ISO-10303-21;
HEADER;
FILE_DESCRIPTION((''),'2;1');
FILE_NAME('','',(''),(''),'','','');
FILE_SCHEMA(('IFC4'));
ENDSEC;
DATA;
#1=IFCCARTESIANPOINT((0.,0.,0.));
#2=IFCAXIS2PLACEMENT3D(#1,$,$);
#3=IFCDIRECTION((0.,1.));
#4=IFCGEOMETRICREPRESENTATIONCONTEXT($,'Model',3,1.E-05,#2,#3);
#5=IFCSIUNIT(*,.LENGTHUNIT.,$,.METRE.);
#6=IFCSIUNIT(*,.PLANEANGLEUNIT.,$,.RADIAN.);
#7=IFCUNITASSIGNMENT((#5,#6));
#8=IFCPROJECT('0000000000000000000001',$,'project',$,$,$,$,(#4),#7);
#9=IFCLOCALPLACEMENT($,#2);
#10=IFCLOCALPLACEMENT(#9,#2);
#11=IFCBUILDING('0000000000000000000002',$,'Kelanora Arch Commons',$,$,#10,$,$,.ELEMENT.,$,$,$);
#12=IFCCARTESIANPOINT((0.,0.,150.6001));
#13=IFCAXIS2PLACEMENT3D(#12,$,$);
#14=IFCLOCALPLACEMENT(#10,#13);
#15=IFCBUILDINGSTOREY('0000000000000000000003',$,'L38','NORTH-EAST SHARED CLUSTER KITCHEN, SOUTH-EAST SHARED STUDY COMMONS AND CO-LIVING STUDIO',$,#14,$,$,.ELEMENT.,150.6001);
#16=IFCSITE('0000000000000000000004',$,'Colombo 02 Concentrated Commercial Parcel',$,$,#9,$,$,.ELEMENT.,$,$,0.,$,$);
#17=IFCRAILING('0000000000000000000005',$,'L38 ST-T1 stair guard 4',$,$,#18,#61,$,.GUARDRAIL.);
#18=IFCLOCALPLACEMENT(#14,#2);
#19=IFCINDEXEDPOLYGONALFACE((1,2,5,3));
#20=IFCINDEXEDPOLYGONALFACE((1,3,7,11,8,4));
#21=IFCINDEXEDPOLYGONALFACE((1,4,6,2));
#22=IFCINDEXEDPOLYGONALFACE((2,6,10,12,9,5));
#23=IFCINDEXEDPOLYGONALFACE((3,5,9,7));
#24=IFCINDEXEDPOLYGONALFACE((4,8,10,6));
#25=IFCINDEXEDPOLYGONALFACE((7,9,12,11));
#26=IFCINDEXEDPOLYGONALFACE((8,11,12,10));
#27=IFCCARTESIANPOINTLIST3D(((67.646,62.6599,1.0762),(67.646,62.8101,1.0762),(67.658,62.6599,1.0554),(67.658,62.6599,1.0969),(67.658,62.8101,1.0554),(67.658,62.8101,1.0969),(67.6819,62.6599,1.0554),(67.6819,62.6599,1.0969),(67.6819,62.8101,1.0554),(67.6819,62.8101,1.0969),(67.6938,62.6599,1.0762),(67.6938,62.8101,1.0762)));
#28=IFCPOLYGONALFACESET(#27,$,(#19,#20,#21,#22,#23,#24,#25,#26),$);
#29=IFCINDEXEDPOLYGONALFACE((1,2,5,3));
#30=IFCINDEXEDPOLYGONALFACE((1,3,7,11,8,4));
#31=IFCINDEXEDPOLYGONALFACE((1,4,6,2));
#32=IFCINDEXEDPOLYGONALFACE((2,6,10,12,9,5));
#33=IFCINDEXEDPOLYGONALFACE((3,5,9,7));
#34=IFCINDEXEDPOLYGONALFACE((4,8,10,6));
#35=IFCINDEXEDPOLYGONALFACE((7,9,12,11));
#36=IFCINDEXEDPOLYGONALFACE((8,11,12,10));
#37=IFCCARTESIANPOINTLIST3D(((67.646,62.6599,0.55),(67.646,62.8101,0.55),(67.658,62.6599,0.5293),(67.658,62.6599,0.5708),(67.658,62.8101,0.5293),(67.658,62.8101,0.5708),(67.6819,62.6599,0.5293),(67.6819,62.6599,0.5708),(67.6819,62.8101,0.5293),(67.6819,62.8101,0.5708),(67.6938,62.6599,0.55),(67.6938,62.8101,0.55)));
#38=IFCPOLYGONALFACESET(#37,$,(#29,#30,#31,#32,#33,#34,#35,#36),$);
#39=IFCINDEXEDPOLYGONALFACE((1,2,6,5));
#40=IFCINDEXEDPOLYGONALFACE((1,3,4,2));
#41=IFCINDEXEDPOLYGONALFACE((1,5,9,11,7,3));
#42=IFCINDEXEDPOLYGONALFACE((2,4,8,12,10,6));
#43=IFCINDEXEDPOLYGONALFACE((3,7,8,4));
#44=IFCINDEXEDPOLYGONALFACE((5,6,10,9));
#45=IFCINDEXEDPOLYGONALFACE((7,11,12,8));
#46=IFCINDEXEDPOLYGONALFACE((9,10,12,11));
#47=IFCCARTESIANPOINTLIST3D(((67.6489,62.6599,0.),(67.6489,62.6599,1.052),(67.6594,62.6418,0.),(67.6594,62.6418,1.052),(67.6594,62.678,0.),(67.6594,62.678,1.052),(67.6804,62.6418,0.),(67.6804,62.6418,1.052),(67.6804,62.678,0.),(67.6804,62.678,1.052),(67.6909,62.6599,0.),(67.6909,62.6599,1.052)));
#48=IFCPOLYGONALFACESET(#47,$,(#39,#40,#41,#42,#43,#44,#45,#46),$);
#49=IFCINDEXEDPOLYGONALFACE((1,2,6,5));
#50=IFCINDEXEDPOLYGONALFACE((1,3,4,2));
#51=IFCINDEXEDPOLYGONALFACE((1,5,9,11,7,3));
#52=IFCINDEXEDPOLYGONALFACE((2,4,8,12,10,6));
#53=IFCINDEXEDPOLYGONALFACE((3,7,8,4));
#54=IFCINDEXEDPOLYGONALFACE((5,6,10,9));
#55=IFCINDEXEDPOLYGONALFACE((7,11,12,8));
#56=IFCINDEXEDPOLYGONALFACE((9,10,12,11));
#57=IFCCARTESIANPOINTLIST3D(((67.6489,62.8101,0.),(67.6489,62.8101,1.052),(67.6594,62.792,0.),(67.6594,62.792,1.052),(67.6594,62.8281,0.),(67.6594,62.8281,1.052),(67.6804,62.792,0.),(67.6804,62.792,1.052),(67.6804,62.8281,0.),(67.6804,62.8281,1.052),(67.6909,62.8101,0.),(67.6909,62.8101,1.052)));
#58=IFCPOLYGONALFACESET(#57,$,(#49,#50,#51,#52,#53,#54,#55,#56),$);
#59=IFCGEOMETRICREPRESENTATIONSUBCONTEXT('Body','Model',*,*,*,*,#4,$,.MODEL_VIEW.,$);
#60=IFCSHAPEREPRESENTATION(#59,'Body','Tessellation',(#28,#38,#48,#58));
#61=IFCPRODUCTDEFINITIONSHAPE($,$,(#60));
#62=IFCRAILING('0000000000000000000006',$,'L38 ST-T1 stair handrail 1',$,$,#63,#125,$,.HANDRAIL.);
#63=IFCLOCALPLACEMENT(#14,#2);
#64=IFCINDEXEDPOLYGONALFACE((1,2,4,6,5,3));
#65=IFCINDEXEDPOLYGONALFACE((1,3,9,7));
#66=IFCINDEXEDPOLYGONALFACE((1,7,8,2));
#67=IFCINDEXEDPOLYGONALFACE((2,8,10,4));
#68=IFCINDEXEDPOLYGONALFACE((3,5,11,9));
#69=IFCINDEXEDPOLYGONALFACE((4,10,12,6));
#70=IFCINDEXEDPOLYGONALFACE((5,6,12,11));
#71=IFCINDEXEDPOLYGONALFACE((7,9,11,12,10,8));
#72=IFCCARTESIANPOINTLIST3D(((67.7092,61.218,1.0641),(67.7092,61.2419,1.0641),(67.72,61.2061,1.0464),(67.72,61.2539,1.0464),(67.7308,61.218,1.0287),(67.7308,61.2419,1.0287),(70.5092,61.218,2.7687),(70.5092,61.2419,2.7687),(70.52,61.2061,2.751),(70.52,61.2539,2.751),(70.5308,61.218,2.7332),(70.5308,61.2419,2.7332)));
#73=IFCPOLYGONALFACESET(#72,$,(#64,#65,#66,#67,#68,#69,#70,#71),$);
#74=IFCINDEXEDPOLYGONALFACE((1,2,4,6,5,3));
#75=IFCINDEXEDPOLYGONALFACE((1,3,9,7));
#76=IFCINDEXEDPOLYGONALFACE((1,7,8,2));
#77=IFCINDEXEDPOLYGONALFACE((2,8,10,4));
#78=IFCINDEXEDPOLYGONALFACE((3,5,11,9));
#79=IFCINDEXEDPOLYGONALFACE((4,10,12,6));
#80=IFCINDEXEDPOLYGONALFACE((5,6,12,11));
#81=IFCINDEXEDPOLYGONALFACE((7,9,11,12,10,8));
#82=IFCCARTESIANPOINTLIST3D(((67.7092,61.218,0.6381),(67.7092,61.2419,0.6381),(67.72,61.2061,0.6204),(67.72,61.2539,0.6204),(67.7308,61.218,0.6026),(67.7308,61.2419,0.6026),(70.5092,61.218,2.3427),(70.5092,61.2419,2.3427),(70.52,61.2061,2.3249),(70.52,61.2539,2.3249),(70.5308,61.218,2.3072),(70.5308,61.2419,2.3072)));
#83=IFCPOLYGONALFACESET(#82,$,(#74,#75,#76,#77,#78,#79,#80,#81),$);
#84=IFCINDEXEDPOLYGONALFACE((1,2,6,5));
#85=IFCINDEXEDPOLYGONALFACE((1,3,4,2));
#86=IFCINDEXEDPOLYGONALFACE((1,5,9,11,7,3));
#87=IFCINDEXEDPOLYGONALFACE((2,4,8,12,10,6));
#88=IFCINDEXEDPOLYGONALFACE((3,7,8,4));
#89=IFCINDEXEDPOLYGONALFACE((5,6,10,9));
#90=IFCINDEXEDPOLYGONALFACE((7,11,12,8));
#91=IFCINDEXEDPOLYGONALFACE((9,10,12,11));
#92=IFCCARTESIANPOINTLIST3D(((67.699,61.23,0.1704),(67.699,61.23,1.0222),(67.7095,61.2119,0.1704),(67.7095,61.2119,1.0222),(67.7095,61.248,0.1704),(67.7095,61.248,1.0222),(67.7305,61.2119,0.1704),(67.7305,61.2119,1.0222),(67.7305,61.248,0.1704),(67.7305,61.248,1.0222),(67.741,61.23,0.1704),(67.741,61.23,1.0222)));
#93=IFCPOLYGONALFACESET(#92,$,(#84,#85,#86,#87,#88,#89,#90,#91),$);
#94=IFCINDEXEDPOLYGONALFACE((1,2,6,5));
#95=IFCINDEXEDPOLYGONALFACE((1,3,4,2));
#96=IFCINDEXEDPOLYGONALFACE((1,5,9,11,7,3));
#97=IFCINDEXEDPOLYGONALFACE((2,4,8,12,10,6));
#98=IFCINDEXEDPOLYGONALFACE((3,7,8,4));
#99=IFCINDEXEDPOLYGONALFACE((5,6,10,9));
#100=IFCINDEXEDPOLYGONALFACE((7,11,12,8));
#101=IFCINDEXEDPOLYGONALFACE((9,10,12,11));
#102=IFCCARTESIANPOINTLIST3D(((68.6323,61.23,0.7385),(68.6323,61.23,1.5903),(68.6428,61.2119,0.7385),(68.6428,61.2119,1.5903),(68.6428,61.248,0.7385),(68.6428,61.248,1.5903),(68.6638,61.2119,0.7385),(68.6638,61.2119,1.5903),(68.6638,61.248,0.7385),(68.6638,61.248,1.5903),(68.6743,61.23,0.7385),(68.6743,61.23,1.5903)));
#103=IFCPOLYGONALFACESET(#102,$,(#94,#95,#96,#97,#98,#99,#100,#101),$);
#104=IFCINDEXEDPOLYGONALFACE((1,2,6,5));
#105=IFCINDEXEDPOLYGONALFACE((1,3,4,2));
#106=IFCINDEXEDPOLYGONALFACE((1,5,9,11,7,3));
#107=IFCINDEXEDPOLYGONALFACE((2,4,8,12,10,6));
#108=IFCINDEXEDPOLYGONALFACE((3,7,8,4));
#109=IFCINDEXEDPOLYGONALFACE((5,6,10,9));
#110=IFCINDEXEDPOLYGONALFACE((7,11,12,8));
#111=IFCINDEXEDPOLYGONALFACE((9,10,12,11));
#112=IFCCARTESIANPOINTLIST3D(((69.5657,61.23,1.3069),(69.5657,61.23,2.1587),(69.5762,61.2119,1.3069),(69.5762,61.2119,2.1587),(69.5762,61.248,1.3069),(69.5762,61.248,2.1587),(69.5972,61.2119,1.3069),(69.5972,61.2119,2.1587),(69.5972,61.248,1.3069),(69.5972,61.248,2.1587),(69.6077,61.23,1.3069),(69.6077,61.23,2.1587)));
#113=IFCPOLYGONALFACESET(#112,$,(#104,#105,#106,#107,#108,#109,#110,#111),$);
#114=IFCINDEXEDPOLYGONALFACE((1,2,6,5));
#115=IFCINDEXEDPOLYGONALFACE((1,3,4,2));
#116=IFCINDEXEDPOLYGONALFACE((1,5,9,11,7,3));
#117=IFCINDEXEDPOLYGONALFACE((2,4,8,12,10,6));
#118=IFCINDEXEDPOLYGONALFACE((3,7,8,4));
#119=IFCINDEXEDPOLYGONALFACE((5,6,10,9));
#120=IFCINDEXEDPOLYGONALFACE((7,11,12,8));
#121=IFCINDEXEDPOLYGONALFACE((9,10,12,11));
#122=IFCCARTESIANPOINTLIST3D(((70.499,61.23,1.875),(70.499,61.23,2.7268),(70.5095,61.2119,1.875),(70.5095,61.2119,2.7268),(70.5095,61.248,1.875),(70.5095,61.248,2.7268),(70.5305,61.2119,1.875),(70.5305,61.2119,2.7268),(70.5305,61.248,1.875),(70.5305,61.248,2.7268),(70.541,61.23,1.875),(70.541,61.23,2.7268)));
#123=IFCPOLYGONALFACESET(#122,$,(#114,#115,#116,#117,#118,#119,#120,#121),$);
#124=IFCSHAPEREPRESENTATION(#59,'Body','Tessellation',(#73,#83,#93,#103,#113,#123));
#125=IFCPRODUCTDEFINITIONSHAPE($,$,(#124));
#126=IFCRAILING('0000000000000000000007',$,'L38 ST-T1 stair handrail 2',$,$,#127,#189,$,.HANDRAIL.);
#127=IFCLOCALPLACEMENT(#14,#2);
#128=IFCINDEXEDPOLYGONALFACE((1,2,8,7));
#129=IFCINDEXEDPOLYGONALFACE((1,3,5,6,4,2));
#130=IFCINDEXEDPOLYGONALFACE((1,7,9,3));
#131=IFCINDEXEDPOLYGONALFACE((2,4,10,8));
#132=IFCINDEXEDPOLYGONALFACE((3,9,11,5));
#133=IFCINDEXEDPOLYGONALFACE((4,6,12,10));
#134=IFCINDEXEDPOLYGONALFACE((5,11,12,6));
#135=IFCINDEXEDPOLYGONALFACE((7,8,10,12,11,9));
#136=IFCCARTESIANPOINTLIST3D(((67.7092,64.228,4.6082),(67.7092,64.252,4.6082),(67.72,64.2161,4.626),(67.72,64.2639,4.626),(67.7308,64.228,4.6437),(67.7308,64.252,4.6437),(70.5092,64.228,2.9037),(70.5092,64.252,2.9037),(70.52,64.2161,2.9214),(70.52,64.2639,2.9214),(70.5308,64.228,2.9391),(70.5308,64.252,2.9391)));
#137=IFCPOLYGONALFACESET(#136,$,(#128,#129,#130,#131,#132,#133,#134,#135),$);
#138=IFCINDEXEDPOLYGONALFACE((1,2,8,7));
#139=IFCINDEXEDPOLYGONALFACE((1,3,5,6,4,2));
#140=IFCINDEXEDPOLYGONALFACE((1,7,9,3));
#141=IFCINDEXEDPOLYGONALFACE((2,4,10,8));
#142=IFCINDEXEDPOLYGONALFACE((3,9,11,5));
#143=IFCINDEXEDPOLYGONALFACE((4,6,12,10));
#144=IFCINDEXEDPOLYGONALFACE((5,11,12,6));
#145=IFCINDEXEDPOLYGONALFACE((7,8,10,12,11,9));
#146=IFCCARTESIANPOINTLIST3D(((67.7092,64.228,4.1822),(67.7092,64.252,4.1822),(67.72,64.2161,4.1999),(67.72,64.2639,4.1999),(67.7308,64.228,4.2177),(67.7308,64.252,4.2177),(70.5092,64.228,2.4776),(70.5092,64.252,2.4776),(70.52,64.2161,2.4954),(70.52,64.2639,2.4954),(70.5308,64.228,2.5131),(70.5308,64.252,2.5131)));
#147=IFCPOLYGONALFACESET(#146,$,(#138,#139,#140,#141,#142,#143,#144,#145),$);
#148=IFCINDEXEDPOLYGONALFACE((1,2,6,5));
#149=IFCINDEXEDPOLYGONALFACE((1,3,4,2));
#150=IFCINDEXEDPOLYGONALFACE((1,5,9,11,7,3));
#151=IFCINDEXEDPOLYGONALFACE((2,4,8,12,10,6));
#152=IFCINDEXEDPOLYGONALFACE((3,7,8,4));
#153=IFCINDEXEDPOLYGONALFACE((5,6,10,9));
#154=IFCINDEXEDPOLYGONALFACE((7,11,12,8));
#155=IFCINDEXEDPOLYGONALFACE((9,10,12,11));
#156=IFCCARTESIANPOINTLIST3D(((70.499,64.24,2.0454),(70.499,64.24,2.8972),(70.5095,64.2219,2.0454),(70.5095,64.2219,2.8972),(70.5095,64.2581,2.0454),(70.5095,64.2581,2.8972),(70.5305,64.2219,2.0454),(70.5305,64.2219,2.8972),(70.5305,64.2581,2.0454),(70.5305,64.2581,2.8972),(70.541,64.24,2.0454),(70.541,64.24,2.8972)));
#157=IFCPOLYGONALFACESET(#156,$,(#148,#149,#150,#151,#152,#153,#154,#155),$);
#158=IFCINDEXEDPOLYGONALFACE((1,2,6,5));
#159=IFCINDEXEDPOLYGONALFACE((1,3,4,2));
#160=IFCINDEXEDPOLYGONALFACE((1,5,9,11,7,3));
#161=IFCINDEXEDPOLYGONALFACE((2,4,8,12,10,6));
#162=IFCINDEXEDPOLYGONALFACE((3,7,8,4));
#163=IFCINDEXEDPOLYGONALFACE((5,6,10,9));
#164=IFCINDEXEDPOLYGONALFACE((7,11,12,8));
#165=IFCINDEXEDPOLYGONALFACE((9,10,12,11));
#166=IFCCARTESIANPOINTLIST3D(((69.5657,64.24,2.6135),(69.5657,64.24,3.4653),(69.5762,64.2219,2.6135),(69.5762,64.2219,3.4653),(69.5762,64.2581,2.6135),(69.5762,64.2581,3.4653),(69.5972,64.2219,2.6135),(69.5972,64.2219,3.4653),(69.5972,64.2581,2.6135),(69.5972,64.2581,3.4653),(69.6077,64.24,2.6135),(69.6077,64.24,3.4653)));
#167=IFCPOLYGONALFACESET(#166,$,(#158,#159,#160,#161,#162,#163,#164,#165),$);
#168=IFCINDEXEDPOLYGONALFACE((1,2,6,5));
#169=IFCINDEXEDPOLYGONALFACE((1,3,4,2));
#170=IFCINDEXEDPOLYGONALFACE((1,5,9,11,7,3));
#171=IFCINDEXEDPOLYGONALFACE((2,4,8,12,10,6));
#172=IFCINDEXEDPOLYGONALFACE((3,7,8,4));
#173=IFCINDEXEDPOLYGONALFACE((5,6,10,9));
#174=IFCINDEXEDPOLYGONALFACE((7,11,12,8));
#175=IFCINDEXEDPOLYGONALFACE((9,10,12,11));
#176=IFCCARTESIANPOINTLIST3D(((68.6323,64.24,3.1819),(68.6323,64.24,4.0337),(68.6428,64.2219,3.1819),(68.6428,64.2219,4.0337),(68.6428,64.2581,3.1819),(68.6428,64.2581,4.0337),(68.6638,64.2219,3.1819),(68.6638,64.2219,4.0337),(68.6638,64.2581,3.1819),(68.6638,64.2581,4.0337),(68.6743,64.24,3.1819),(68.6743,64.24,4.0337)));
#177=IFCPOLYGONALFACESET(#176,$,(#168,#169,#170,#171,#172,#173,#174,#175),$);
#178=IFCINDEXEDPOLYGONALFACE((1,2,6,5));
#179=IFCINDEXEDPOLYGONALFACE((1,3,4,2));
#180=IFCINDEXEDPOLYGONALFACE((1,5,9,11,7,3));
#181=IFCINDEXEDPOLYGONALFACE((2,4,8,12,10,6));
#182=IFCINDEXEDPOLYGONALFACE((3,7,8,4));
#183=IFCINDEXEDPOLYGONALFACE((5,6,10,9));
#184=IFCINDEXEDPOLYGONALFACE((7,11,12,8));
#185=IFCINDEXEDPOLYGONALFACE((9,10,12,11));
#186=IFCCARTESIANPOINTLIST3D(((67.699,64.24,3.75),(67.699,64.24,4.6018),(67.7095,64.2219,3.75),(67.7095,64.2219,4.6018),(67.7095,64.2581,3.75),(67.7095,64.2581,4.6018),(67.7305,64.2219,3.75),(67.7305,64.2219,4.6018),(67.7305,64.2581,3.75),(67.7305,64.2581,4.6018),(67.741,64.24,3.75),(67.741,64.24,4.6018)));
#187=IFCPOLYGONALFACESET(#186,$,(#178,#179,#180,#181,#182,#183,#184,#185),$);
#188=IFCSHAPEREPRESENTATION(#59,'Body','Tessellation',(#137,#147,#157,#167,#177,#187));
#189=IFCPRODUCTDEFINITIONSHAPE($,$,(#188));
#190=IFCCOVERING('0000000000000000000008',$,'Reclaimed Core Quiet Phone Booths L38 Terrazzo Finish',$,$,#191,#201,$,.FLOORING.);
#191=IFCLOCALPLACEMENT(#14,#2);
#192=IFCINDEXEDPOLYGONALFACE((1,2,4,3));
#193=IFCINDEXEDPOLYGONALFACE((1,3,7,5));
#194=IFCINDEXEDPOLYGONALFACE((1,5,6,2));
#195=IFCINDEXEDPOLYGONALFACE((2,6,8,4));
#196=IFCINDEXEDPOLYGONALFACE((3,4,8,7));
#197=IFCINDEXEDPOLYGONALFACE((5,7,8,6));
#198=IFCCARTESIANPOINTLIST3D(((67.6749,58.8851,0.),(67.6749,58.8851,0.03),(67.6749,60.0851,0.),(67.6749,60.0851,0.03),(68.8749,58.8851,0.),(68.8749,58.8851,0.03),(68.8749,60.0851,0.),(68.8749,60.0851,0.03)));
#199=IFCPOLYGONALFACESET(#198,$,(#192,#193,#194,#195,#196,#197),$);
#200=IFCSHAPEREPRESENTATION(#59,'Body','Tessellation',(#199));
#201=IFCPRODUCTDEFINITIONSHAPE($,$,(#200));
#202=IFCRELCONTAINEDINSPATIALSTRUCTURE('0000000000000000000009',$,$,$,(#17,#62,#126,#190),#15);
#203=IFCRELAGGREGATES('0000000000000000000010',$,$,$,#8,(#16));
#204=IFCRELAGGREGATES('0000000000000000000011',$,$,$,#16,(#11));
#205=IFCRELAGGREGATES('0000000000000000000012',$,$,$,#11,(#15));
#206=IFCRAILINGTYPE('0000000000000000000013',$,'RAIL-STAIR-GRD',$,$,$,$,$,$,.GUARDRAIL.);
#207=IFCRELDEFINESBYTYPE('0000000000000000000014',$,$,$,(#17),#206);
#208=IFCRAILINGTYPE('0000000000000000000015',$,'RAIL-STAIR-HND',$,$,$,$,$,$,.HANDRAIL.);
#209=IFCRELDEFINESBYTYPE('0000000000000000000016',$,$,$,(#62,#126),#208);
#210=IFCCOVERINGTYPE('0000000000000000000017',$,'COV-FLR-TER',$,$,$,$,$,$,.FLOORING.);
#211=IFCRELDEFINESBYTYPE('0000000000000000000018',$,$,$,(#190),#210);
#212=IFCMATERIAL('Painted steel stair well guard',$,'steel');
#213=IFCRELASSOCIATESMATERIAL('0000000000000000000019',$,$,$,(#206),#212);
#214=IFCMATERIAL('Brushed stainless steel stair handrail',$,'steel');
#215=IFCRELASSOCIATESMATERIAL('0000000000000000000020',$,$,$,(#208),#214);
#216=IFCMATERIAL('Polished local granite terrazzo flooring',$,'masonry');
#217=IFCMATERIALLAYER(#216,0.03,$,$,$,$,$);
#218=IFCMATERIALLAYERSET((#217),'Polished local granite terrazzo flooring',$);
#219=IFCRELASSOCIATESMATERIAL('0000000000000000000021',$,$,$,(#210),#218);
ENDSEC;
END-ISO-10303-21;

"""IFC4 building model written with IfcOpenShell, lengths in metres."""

from ifc_helpers import new_model, si_unit, direction, frame, origin, origin_2d, place, context, subcontext, project, spatial, polyline, rectangle, outline, extrude, source, transform, mapped, material, layer, layer_set, type_object, element, save


model = new_model("IFC4")

# Units and contexts
model_context = context("Model", 3, precision=1e-05, world=origin(), true_north=direction((0.0, 1.0)))
body_context = subcontext(model_context, "Body", "Model", "MODEL_VIEW")
ifc_project = project(units=[si_unit("LENGTHUNIT", "METRE"), si_unit("PLANEANGLEUNIT", "RADIAN")], contexts=[model_context])

# Site, building, storey
site_placement = place(None, origin())
site = spatial("IfcSite", under=ifc_project, at=site_placement, Name="Colombo 02 Concentrated Commercial Parcel", CompositionType="ELEMENT", RefElevation=0.0)
building_placement = place(site_placement, origin())
building = spatial("IfcBuilding", under=site, at=building_placement, Name="Kelanora Arch Commons", CompositionType="ELEMENT")
storey_placement = place(building_placement, frame((0.0, 0.0, 150.6001)))
storey = spatial("IfcBuildingStorey", under=building, at=storey_placement, Name="L38", Description="NORTH-EAST SHARED CLUSTER KITCHEN, SOUTH-EAST SHARED STUDY COMMONS AND CO-LIVING STUDIO", CompositionType="ELEMENT", Elevation=150.6001)

# Railings
ifc_material_1 = material(Name="Painted steel stair well guard", Category="steel")
railing_type_1 = type_object("IfcRailingType", Name="RAIL-STAIR-GRD", PredefinedType="GUARDRAIL", material=ifc_material_1)
railing_1_placement = place(storey_placement, frame((67.6699, 62.6599, 0.0)))
element("IfcRailing", 1, at=railing_1_placement, inside=storey, type_object=railing_type_1, Name="L38 ST-T1 stair guard 4", PredefinedType="GUARDRAIL", context=body_context, shape_type="SweptSolid", body=[
    extrude(outline(polyline([(0.0239, 0.0), (0.012, 0.0208), (-0.012, 0.0208), (-0.0239, 0.0), (-0.012, -0.0208), (0.012, -0.0208), (0.0239, 0.0)])), frame((0.0, 0.0, 1.0762), z_axis=(0.0, 1.0, 0.0), x_axis=(-1.0, 0.0, 0.0)), (0.0, 0.0, 1.0), 0.1501),
    extrude(outline(polyline([(0.0239, 0.0), (0.012, 0.0208), (-0.012, 0.0208), (-0.0239, 0.0), (-0.012, -0.0208), (0.012, -0.0208), (0.0239, 0.0)])), frame((0.0, 0.0, 0.55), z_axis=(0.0, 1.0, 0.0), x_axis=(-1.0, 0.0, 0.0)), (0.0, 0.0, 1.0), 0.1501),
    extrude(outline(polyline([(0.021, 0.0), (0.0105, 0.0181), (-0.0105, 0.0181), (-0.021, 0.0), (-0.0105, -0.0181), (0.0105, -0.0181), (0.021, 0.0)])), origin(), (0.0, 0.0, 1.0), 1.052),
    extrude(outline(polyline([(0.021, 0.0), (0.0105, 0.0181), (-0.0105, 0.0181), (-0.021, 0.0), (-0.0105, -0.0181), (0.0105, -0.0181), (0.021, 0.0)])), frame((0.0, 0.1501, 0.0)), (0.0, 0.0, 1.0), 1.052),
])
ifc_material_2 = material(Name="Brushed stainless steel stair handrail", Category="steel")
railing_type_2 = type_object("IfcRailingType", Name="RAIL-STAIR-HND", PredefinedType="HANDRAIL", material=ifc_material_2)
railing_2_placement = place(storey_placement, frame((67.72, 61.23, 0.1704)))
element("IfcRailing", 2, at=railing_2_placement, inside=storey, type_object=railing_type_2, Name="L38 ST-T1 stair handrail 1", PredefinedType="HANDRAIL", context=body_context, shape_type="SweptSolid", body=[
    extrude(outline(polyline([(0.0239, 0.0), (0.012, 0.0208), (-0.012, 0.0208), (-0.0239, 0.0), (-0.012, -0.0208), (0.012, -0.0208), (0.0239, 0.0)])), frame((0.0, 0.0, 0.876), z_axis=(0.85417, 0.0, 0.519994), x_axis=(0.0, 1.0, 0.0)), (0.0, 0.0, 1.0), 3.2781),
    extrude(outline(polyline([(0.0239, 0.0), (0.012, 0.0208), (-0.012, 0.0208), (-0.0239, 0.0), (-0.012, -0.0208), (0.012, -0.0208), (0.0239, 0.0)])), frame((0.0, 0.0, 0.45), z_axis=(0.85417, 0.0, 0.519994), x_axis=(0.0, 1.0, 0.0)), (0.0, 0.0, 1.0), 3.2781),
    extrude(outline(polyline([(0.021, 0.0), (0.0105, 0.0181), (-0.0105, 0.0181), (-0.021, 0.0), (-0.0105, -0.0181), (0.0105, -0.0181), (0.021, 0.0)])), origin(), (0.0, 0.0, 1.0), 0.8518),
    extrude(outline(polyline([(0.021, 0.0), (0.0105, 0.0181), (-0.0105, 0.0181), (-0.021, 0.0), (-0.0105, -0.0181), (0.0105, -0.0181), (0.021, 0.0)])), frame((0.9333, 0.0, 0.5681)), (0.0, 0.0, 1.0), 0.8518),
    extrude(outline(polyline([(0.021, 0.0), (0.0105, 0.0181), (-0.0105, 0.0181), (-0.021, 0.0), (-0.0105, -0.0181), (0.0105, -0.0181), (0.021, 0.0)])), frame((1.8667, 0.0, 1.1365)), (0.0, 0.0, 1.0), 0.8518),
    extrude(outline(polyline([(0.021, 0.0), (0.0105, 0.0181), (-0.0105, 0.0181), (-0.021, 0.0), (-0.0105, -0.0181), (0.0105, -0.0181), (0.021, 0.0)])), frame((2.8, 0.0, 1.7046)), (0.0, 0.0, 1.0), 0.8518),
])
railing_3_placement = place(storey_placement, frame((70.52, 64.24, 2.0454)))
element("IfcRailing", 3, at=railing_3_placement, inside=storey, type_object=railing_type_2, Name="L38 ST-T1 stair handrail 2", PredefinedType="HANDRAIL", context=body_context, shape_type="SweptSolid", body=[
    extrude(outline(polyline([(0.0239, 0.0), (0.012, 0.0208), (-0.012, 0.0208), (-0.0239, 0.0), (-0.012, -0.0208), (0.012, -0.0208), (0.0239, 0.0)])), frame((0.0, 0.0, 0.876), z_axis=(-0.85417, 0.0, 0.519994), x_axis=(0.0, -1.0, 0.0)), (0.0, 0.0, 1.0), 3.2781),
    extrude(outline(polyline([(0.0239, 0.0), (0.012, 0.0208), (-0.012, 0.0208), (-0.0239, 0.0), (-0.012, -0.0208), (0.012, -0.0208), (0.0239, 0.0)])), frame((0.0, 0.0, 0.45), z_axis=(-0.85417, 0.0, 0.519994), x_axis=(0.0, -1.0, 0.0)), (0.0, 0.0, 1.0), 3.2781),
    extrude(outline(polyline([(0.021, 0.0), (0.0105, 0.0181), (-0.0105, 0.0181), (-0.021, 0.0), (-0.0105, -0.0181), (0.0105, -0.0181), (0.021, 0.0)])), origin(), (0.0, 0.0, 1.0), 0.8518),
    extrude(outline(polyline([(0.021, 0.0), (0.0105, 0.0181), (-0.0105, 0.0181), (-0.021, 0.0), (-0.0105, -0.0181), (0.0105, -0.0181), (0.021, 0.0)])), frame((-0.9333, 0.0, 0.5681)), (0.0, 0.0, 1.0), 0.8518),
    extrude(outline(polyline([(0.021, 0.0), (0.0105, 0.0181), (-0.0105, 0.0181), (-0.021, 0.0), (-0.0105, -0.0181), (0.0105, -0.0181), (0.021, 0.0)])), frame((-1.8667, 0.0, 1.1365)), (0.0, 0.0, 1.0), 0.8518),
    extrude(outline(polyline([(0.021, 0.0), (0.0105, 0.0181), (-0.0105, 0.0181), (-0.021, 0.0), (-0.0105, -0.0181), (0.0105, -0.0181), (0.021, 0.0)])), frame((-2.8, 0.0, 1.7046)), (0.0, 0.0, 1.0), 0.8518),
])

# Covering
ifc_material_3 = material(Name="Polished local granite terrazzo flooring", Category="masonry")
ifc_layer_1 = layer(ifc_material_3, 0.03)
ifc_layer_set_1 = layer_set([ifc_layer_1], Name="Polished local granite terrazzo flooring")
covering_type = type_object("IfcCoveringType", Name="COV-FLR-TER", PredefinedType="FLOORING", material=ifc_layer_set_1)
shared_shape = source(origin(), body_context, "Body", "SweptSolid", [
    extrude(rectangle(XDim=1.2, YDim=1.2, at=origin_2d()), origin(), (0.0, 0.0, 1.0), 0.03),
])
covering_placement = place(storey_placement, frame((68.2749, 59.4851, 0.0), z_axis=(0.0, 0.0, 1.0), x_axis=(1.0, 0.0, 0.0)))
element("IfcCovering", 4, at=covering_placement, inside=storey, type_object=covering_type, Name="Reclaimed Core Quiet Phone Booths L38 Terrazzo Finish", PredefinedType="FLOORING", context=body_context, shape_type="MappedRepresentation", body=[
    mapped(shared_shape, transform((0.0, 0.0, 0.0), scale=1.0)),
])

save(model, "model.ifc")
